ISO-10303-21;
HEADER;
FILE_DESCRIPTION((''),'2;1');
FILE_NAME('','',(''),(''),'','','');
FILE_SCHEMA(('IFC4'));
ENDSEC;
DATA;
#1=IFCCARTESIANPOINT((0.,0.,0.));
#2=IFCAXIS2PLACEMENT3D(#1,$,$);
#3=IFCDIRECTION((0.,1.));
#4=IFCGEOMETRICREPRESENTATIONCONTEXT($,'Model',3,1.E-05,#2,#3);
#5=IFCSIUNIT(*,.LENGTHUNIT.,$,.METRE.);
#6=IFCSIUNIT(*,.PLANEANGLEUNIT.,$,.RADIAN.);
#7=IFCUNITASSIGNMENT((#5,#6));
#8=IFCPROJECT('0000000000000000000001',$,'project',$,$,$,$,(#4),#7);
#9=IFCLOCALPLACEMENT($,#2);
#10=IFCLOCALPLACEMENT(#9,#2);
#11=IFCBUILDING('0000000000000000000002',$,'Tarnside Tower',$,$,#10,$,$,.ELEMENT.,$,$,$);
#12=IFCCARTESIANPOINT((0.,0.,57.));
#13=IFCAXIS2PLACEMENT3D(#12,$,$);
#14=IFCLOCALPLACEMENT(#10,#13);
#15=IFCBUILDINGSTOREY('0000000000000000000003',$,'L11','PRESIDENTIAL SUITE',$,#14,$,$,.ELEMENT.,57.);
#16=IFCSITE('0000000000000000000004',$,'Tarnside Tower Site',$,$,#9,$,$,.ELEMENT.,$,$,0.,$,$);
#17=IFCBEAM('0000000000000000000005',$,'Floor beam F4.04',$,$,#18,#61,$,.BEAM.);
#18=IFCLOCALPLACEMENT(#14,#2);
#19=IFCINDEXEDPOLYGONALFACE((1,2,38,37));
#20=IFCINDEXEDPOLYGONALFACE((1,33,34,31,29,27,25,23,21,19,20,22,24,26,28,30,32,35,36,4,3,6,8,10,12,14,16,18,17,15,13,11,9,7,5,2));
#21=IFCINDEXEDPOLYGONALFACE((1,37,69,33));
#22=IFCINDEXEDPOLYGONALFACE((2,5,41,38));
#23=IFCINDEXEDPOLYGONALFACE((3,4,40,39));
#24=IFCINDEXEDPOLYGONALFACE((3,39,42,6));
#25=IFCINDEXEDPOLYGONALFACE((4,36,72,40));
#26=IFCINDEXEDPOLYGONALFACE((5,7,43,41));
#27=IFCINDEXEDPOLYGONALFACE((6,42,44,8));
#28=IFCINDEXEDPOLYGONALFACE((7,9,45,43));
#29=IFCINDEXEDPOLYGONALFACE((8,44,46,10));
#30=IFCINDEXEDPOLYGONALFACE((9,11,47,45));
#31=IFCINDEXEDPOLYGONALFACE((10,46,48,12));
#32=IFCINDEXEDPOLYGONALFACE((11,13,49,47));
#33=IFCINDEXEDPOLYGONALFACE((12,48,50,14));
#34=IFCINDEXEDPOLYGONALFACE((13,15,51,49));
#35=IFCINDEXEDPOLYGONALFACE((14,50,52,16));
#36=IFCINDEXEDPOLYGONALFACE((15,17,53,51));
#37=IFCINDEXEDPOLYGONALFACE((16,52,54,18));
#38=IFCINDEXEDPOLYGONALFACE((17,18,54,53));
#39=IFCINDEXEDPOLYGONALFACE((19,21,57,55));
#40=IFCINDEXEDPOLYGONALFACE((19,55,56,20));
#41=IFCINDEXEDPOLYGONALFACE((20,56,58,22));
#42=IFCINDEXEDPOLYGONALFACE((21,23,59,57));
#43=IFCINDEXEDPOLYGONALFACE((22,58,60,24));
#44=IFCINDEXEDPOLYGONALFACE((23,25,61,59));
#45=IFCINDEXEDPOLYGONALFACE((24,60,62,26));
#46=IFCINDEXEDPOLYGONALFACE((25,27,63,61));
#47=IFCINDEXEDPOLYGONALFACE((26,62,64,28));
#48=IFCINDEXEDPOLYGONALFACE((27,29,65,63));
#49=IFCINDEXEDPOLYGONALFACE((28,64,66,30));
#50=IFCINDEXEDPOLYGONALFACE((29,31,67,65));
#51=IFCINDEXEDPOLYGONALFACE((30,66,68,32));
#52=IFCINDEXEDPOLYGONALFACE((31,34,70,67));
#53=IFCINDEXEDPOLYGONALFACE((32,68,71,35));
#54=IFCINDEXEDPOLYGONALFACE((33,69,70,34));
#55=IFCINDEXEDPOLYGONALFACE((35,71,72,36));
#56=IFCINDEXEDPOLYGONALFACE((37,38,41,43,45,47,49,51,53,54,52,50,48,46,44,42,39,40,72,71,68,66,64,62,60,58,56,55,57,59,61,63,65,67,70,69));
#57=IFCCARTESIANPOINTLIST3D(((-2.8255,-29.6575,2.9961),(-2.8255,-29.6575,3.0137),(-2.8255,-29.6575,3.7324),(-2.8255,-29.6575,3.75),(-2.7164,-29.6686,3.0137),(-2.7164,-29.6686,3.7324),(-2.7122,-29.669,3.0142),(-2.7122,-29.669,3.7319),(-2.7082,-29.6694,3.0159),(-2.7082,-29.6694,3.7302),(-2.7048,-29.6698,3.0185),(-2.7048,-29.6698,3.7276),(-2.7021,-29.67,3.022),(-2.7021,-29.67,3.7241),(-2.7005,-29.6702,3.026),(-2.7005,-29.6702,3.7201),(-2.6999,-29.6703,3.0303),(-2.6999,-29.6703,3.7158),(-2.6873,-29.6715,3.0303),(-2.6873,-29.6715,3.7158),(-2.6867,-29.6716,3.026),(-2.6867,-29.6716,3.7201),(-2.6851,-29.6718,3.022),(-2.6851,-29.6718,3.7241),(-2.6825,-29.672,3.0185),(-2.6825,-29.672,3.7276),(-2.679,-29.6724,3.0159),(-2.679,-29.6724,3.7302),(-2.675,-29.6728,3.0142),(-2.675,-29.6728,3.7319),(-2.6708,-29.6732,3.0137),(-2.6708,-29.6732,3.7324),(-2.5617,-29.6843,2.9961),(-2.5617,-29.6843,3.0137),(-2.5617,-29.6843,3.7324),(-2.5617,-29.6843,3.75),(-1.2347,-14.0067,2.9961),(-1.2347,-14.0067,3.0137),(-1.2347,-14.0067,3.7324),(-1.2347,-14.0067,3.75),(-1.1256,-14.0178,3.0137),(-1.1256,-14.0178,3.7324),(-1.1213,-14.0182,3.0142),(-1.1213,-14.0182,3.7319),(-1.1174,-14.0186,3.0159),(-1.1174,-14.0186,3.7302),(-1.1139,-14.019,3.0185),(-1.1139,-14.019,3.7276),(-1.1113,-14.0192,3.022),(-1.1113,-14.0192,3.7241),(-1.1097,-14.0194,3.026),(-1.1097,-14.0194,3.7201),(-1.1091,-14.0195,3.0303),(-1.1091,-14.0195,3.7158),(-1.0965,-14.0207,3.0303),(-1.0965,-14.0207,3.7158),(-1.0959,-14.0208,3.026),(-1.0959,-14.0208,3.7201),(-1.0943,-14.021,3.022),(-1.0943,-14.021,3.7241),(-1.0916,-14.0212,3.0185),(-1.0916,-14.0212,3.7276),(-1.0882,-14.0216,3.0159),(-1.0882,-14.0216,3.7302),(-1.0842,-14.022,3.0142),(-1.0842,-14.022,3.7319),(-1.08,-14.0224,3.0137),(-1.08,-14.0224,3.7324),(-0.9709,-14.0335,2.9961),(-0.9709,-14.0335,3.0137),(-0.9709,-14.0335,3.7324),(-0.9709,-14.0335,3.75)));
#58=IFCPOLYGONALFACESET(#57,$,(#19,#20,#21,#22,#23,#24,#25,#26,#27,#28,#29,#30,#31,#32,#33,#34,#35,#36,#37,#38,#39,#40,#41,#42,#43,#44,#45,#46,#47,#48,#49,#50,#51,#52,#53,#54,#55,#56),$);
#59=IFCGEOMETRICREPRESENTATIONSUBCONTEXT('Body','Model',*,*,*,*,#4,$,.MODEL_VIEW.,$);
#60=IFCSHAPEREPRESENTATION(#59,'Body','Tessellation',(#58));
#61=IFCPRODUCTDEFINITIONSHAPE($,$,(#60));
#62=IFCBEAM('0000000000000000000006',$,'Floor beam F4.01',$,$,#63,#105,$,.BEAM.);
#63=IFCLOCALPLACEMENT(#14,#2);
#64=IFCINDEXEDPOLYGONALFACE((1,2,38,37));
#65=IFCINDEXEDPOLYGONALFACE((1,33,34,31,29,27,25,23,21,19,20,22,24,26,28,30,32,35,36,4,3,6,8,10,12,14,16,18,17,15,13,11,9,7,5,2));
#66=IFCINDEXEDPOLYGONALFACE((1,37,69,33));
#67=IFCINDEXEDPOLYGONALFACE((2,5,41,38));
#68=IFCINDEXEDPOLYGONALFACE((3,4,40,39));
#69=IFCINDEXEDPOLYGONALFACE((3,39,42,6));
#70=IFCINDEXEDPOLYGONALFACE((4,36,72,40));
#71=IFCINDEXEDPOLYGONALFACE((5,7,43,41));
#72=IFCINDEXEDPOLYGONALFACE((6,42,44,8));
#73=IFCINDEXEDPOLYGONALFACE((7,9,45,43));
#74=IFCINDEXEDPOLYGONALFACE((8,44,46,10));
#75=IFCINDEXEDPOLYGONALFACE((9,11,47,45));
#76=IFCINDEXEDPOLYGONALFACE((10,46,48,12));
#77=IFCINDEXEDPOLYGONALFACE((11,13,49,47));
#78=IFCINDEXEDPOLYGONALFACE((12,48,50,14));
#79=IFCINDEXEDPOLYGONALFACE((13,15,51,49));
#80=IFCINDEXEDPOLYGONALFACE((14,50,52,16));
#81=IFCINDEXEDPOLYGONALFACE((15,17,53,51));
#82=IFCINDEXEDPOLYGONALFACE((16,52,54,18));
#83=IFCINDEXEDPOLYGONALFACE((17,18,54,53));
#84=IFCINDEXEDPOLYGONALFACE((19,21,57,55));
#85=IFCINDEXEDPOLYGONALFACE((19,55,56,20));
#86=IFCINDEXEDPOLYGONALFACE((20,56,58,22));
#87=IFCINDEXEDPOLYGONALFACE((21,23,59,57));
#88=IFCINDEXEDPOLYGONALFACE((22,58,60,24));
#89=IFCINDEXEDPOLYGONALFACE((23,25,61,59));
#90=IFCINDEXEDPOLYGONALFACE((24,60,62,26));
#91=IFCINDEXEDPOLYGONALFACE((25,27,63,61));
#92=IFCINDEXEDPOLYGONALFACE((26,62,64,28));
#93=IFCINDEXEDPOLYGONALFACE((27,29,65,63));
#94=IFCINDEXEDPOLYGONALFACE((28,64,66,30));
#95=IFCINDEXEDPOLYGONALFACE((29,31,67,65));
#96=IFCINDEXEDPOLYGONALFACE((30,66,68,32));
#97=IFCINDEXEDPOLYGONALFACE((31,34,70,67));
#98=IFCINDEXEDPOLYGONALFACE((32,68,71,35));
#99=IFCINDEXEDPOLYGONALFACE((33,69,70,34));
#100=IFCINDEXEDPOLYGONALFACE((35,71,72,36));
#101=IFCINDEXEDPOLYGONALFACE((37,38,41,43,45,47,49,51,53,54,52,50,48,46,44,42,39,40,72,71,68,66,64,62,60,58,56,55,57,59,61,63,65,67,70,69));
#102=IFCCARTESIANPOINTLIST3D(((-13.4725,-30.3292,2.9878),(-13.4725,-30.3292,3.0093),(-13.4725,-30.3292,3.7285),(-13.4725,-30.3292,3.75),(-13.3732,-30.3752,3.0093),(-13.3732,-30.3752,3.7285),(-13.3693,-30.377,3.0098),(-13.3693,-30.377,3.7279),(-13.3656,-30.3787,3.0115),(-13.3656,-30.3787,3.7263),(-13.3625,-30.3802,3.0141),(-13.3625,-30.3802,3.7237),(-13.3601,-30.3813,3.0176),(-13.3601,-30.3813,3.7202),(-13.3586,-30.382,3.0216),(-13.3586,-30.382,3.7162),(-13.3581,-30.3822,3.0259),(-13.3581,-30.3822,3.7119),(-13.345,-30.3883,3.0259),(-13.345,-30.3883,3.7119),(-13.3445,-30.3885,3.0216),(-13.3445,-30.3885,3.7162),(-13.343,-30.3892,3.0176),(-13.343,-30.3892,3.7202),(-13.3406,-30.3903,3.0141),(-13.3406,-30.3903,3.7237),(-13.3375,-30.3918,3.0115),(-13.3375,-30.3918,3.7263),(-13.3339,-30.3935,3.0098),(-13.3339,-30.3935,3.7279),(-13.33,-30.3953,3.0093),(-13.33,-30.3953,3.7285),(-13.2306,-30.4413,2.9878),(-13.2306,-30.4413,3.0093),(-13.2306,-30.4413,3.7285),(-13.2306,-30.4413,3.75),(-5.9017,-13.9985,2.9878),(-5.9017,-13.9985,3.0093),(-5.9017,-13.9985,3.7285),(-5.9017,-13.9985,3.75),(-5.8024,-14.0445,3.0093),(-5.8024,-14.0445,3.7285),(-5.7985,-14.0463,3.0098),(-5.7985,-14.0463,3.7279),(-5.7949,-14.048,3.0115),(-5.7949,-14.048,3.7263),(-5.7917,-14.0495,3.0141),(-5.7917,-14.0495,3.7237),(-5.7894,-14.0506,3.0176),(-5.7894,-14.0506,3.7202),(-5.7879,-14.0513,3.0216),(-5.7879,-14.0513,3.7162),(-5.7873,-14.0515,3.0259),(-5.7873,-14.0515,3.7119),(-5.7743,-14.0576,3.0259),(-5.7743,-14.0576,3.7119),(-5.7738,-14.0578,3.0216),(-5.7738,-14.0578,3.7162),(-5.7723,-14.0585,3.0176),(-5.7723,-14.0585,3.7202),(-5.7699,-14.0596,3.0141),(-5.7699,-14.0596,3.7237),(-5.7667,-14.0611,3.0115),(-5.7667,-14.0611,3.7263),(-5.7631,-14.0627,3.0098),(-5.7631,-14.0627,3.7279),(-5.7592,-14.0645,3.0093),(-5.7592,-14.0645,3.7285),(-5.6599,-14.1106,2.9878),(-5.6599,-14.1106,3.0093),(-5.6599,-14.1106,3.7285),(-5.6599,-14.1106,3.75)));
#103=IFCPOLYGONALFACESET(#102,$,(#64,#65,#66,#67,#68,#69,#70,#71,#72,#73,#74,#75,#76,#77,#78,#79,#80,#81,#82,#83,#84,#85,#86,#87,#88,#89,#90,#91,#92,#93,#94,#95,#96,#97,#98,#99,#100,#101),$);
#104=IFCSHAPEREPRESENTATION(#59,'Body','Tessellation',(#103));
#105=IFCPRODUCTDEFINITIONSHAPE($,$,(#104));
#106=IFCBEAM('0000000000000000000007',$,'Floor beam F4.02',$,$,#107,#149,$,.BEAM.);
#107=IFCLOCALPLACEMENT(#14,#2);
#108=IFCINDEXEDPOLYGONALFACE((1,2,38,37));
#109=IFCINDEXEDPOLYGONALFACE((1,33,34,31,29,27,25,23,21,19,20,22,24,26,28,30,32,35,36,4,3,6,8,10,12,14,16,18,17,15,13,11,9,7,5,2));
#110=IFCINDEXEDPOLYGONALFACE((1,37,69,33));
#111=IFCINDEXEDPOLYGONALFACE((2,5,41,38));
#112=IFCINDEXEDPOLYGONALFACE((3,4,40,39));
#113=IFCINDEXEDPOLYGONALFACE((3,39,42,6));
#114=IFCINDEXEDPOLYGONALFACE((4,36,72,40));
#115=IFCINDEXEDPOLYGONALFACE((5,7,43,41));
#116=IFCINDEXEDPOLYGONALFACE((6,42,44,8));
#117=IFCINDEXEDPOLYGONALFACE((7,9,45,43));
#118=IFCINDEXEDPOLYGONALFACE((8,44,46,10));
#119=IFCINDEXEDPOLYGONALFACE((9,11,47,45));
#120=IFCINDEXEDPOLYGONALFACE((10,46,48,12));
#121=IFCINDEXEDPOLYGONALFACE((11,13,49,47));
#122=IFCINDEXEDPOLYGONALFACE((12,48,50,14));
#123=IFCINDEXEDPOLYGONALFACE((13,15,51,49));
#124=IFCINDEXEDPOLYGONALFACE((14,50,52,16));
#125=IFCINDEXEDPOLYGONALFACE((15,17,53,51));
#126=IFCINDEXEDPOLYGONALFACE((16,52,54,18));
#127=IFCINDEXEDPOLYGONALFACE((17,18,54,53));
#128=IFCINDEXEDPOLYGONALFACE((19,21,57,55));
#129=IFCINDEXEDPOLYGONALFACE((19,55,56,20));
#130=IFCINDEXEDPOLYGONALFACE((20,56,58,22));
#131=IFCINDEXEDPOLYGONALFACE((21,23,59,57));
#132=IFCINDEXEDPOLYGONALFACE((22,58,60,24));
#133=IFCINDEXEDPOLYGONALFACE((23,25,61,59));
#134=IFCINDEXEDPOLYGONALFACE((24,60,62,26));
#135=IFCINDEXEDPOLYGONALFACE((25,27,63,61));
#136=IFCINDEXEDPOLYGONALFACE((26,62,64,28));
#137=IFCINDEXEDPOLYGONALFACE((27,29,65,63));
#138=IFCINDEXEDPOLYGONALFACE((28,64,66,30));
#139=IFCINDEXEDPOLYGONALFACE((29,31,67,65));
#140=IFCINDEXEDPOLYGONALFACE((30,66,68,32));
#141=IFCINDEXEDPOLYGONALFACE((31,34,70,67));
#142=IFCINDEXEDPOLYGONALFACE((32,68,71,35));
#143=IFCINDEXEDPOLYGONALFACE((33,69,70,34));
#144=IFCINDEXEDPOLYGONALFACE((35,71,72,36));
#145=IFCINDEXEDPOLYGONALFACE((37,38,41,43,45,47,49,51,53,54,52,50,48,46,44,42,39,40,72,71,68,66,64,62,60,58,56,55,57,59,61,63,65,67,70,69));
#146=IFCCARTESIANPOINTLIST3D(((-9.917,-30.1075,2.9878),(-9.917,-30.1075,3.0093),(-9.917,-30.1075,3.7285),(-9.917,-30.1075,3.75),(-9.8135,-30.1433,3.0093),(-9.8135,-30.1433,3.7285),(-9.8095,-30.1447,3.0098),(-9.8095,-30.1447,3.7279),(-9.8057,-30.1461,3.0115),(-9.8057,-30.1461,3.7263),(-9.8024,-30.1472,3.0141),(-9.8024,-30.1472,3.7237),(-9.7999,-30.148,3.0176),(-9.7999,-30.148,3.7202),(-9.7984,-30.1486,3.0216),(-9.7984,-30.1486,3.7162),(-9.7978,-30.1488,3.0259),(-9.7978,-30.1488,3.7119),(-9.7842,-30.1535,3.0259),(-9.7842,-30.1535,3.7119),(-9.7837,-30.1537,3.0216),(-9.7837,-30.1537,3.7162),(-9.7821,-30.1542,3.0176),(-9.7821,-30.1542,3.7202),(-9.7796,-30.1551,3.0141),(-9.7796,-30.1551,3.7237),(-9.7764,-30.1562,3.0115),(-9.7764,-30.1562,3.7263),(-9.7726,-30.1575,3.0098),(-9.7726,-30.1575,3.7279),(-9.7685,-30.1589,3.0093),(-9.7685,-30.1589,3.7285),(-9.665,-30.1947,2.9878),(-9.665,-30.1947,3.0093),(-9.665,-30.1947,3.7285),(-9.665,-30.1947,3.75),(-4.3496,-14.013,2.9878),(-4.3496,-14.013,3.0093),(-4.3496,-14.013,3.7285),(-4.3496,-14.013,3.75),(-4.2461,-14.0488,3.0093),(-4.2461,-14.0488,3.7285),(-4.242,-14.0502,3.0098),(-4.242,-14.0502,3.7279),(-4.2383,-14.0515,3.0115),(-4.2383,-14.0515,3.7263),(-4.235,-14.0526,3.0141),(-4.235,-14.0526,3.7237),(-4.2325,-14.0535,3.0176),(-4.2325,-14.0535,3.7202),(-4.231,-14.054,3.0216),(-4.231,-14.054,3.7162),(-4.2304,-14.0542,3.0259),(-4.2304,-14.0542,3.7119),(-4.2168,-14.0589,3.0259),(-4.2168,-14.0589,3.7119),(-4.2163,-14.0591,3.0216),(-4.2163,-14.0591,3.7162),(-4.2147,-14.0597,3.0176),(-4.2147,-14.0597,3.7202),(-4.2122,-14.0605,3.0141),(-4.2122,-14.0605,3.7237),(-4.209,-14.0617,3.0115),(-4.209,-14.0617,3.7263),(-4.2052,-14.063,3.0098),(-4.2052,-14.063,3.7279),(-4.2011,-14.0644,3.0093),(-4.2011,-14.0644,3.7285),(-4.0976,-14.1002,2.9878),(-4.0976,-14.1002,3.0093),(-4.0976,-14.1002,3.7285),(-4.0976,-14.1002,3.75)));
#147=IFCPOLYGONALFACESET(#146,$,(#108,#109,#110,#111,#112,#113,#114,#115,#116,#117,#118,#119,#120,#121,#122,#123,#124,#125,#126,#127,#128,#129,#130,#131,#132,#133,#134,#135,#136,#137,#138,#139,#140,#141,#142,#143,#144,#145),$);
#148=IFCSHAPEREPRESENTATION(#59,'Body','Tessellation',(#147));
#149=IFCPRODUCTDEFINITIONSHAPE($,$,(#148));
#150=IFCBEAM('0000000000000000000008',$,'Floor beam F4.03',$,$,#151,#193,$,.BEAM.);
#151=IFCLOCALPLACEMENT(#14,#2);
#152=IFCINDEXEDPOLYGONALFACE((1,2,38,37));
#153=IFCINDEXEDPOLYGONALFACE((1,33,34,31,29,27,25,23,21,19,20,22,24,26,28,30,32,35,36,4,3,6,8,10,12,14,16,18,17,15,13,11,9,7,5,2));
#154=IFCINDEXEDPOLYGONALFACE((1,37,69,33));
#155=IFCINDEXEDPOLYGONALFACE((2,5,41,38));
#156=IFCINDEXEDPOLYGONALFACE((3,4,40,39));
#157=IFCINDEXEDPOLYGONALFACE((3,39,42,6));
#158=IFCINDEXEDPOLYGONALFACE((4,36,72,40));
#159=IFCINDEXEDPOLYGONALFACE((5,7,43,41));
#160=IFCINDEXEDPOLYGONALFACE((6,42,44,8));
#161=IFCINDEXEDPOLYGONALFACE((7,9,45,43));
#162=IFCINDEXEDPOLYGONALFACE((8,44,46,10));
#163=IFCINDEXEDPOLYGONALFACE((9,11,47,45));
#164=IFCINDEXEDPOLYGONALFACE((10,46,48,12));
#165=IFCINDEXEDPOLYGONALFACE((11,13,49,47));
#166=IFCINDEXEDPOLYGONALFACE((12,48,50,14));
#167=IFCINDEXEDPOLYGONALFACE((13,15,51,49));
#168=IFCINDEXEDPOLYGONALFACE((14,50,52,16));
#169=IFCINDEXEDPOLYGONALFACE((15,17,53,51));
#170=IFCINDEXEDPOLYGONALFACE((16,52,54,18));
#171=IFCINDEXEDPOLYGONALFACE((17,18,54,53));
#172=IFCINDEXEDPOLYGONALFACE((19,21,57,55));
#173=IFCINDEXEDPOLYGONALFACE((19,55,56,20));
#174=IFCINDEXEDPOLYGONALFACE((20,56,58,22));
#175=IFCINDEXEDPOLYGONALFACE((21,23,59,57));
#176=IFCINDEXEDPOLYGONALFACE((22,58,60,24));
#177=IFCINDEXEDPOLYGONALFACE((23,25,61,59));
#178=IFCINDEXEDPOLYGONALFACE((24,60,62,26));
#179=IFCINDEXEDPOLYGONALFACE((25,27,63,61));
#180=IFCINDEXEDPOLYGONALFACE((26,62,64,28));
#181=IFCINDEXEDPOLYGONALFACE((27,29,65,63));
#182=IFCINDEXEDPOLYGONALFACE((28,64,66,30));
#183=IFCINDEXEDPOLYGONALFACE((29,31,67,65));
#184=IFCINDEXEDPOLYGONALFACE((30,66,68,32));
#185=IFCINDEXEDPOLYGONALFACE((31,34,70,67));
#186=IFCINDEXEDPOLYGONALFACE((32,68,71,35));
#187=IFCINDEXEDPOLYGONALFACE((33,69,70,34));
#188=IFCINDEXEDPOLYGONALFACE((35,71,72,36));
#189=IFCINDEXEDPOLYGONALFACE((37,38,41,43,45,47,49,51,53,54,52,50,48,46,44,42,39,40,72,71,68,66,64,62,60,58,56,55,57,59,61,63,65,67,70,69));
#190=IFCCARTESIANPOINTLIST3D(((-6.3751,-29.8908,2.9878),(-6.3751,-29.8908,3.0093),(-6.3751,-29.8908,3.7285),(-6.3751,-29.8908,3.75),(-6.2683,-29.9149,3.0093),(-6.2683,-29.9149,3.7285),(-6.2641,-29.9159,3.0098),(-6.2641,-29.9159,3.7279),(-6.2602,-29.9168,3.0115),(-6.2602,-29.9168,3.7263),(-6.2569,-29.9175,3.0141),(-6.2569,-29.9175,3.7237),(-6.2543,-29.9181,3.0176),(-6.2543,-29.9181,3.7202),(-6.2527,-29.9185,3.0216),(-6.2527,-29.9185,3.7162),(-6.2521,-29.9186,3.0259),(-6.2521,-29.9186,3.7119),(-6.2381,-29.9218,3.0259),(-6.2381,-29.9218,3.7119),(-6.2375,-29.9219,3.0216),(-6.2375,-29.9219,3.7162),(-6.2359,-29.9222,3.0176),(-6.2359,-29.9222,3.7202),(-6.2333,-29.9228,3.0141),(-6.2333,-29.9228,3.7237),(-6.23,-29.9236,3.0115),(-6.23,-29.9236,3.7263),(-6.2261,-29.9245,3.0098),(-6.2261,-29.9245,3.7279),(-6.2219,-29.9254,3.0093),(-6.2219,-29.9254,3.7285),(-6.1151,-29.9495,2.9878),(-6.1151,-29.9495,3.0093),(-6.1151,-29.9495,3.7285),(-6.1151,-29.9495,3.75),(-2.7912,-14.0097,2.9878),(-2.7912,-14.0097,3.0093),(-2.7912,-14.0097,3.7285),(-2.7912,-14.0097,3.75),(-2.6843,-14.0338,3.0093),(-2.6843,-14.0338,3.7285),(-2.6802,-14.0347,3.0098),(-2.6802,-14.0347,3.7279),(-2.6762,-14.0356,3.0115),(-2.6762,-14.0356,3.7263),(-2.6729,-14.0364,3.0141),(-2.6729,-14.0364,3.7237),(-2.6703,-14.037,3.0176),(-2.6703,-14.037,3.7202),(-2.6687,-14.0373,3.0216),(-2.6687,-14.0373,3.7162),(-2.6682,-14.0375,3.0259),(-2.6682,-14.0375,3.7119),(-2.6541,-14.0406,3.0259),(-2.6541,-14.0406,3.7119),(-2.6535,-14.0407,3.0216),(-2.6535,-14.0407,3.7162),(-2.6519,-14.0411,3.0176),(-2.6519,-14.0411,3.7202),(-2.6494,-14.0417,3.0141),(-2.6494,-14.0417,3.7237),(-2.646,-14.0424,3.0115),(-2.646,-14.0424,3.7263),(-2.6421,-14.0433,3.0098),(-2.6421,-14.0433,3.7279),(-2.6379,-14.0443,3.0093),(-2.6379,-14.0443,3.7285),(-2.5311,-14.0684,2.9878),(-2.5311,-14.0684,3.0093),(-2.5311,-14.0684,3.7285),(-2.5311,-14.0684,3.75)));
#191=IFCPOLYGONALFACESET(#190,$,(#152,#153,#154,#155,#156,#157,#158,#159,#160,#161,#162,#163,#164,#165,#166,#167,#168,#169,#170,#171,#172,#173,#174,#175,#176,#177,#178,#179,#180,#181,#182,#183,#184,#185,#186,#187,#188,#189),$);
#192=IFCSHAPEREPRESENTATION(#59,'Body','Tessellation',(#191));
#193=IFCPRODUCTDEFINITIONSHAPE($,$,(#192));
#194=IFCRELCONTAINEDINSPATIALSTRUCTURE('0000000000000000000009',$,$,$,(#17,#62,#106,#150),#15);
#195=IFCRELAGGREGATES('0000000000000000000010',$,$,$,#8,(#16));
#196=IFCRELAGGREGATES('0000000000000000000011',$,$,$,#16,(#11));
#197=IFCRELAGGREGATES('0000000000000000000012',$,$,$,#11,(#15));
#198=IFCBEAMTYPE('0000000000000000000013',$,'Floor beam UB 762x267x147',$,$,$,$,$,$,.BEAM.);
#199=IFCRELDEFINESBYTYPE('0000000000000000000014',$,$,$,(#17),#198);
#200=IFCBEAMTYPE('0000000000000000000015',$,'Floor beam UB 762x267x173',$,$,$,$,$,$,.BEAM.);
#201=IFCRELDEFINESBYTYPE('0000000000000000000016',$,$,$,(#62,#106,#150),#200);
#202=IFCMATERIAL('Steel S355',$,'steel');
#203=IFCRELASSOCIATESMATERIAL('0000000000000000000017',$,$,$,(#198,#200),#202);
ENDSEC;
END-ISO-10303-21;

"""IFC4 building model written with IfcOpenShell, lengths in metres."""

from ifc_helpers import new_model, si_unit, direction, frame, origin, origin_2d, place, context, subcontext, project, spatial, i_section, extrude, material, material_profile, profile_set, type_object, element, save


model = new_model("IFC4")

# Units and contexts
model_context = context("Model", 3, precision=1e-05, world=origin(), true_north=direction((0.0, 1.0)))
body_context = subcontext(model_context, "Body", "Model", "MODEL_VIEW")
ifc_project = project(units=[si_unit("LENGTHUNIT", "METRE"), si_unit("PLANEANGLEUNIT", "RADIAN")], contexts=[model_context])

# Site, building, storey
site_placement = place(None, origin())
site = spatial("IfcSite", under=ifc_project, at=site_placement, Name="Tarnside Tower Site", CompositionType="ELEMENT", RefElevation=0.0)
building_placement = place(site_placement, origin())
building = spatial("IfcBuilding", under=site, at=building_placement, Name="Tarnside Tower", CompositionType="ELEMENT")
storey_placement = place(building_placement, frame((0.0, 0.0, 57.0)))
storey = spatial("IfcBuildingStorey", under=building, at=storey_placement, Name="L11", Description="PRESIDENTIAL SUITE", CompositionType="ELEMENT", Elevation=57.0)

# Beams
ifc_material_1 = material(Name="Steel S355", Category="steel")
ifc_material_profile_1 = material_profile(ifc_material_1, i_section(OverallWidth=0.2651, OverallDepth=0.7539, WebThickness=0.0127, FlangeThickness=0.0176, FilletRadius=0.0166, at=origin_2d()), Name="UB 762x267x147")
ifc_profile_set_1 = profile_set([ifc_material_profile_1], Name="Steel S355")
beam_type_1 = type_object("IfcBeamType", Name="Floor beam UB 762x267x147", PredefinedType="BEAM", material=ifc_profile_set_1)
beam_1_placement = place(storey_placement, frame((-2.6936, -29.6709, 3.373), z_axis=(0.101123, 0.994874, 0.0), x_axis=(-0.994874, 0.101123, 0.0)))
element("IfcBeam", 1, at=beam_1_placement, inside=storey, type_object=beam_type_1, Name="Floor beam F4.04", PredefinedType="BEAM", context=body_context, shape_type="SweptSolid", body=[
    extrude(i_section(OverallWidth=0.2651, OverallDepth=0.7539, WebThickness=0.0127, FlangeThickness=0.0176, FilletRadius=0.0166, at=origin_2d()), origin(), (0.0, 0.0, 1.0), 15.7314),
])
ifc_material_profile_2 = material_profile(ifc_material_1, i_section(OverallWidth=0.2666, OverallDepth=0.7622, WebThickness=0.0144, FlangeThickness=0.0215, FilletRadius=0.0166, at=origin_2d()), Name="UB 762x267x173")
ifc_profile_set_2 = profile_set([ifc_material_profile_2], Name="Steel S355")
beam_type_2 = type_object("IfcBeamType", Name="Floor beam UB 762x267x173", PredefinedType="BEAM", material=ifc_profile_set_2)
beam_2_placement = place(storey_placement, frame((-13.3516, -30.3853, 3.3689), z_axis=(0.420592, 0.90725, 0.0), x_axis=(-0.90725, 0.420592, 0.0)))
element("IfcBeam", 2, at=beam_2_placement, inside=storey, type_object=beam_type_2, Name="Floor beam F4.01", PredefinedType="BEAM", context=body_context, shape_type="SweptSolid", body=[
    extrude(i_section(OverallWidth=0.2666, OverallDepth=0.7622, WebThickness=0.0144, FlangeThickness=0.0215, FilletRadius=0.0166, at=origin_2d()), origin(), (0.0, 0.0, 1.0), 18.0002),
])
beam_3_placement = place(storey_placement, frame((-9.791, -30.1511, 3.3689), z_axis=(0.326912, 0.945055, 0.0), x_axis=(-0.945055, 0.326912, 0.0)))
element("IfcBeam", 3, at=beam_3_placement, inside=storey, type_object=beam_type_2, Name="Floor beam F4.02", PredefinedType="BEAM", context=body_context, shape_type="SweptSolid", body=[
    extrude(i_section(OverallWidth=0.2666, OverallDepth=0.7622, WebThickness=0.0144, FlangeThickness=0.0215, FilletRadius=0.0166, at=origin_2d()), origin(), (0.0, 0.0, 1.0), 17.0303),
])
beam_4_placement = place(storey_placement, frame((-6.2451, -29.9202, 3.3689), z_axis=(0.22014, 0.975468, 0.0), x_axis=(-0.975468, 0.22014, 0.0)))
element("IfcBeam", 4, at=beam_4_placement, inside=storey, type_object=beam_type_2, Name="Floor beam F4.03", PredefinedType="BEAM", context=body_context, shape_type="SweptSolid", body=[
    extrude(i_section(OverallWidth=0.2666, OverallDepth=0.7622, WebThickness=0.0144, FlangeThickness=0.0215, FilletRadius=0.0166, at=origin_2d()), origin(), (0.0, 0.0, 1.0), 16.2805),
])

save(model, "model.ifc")
